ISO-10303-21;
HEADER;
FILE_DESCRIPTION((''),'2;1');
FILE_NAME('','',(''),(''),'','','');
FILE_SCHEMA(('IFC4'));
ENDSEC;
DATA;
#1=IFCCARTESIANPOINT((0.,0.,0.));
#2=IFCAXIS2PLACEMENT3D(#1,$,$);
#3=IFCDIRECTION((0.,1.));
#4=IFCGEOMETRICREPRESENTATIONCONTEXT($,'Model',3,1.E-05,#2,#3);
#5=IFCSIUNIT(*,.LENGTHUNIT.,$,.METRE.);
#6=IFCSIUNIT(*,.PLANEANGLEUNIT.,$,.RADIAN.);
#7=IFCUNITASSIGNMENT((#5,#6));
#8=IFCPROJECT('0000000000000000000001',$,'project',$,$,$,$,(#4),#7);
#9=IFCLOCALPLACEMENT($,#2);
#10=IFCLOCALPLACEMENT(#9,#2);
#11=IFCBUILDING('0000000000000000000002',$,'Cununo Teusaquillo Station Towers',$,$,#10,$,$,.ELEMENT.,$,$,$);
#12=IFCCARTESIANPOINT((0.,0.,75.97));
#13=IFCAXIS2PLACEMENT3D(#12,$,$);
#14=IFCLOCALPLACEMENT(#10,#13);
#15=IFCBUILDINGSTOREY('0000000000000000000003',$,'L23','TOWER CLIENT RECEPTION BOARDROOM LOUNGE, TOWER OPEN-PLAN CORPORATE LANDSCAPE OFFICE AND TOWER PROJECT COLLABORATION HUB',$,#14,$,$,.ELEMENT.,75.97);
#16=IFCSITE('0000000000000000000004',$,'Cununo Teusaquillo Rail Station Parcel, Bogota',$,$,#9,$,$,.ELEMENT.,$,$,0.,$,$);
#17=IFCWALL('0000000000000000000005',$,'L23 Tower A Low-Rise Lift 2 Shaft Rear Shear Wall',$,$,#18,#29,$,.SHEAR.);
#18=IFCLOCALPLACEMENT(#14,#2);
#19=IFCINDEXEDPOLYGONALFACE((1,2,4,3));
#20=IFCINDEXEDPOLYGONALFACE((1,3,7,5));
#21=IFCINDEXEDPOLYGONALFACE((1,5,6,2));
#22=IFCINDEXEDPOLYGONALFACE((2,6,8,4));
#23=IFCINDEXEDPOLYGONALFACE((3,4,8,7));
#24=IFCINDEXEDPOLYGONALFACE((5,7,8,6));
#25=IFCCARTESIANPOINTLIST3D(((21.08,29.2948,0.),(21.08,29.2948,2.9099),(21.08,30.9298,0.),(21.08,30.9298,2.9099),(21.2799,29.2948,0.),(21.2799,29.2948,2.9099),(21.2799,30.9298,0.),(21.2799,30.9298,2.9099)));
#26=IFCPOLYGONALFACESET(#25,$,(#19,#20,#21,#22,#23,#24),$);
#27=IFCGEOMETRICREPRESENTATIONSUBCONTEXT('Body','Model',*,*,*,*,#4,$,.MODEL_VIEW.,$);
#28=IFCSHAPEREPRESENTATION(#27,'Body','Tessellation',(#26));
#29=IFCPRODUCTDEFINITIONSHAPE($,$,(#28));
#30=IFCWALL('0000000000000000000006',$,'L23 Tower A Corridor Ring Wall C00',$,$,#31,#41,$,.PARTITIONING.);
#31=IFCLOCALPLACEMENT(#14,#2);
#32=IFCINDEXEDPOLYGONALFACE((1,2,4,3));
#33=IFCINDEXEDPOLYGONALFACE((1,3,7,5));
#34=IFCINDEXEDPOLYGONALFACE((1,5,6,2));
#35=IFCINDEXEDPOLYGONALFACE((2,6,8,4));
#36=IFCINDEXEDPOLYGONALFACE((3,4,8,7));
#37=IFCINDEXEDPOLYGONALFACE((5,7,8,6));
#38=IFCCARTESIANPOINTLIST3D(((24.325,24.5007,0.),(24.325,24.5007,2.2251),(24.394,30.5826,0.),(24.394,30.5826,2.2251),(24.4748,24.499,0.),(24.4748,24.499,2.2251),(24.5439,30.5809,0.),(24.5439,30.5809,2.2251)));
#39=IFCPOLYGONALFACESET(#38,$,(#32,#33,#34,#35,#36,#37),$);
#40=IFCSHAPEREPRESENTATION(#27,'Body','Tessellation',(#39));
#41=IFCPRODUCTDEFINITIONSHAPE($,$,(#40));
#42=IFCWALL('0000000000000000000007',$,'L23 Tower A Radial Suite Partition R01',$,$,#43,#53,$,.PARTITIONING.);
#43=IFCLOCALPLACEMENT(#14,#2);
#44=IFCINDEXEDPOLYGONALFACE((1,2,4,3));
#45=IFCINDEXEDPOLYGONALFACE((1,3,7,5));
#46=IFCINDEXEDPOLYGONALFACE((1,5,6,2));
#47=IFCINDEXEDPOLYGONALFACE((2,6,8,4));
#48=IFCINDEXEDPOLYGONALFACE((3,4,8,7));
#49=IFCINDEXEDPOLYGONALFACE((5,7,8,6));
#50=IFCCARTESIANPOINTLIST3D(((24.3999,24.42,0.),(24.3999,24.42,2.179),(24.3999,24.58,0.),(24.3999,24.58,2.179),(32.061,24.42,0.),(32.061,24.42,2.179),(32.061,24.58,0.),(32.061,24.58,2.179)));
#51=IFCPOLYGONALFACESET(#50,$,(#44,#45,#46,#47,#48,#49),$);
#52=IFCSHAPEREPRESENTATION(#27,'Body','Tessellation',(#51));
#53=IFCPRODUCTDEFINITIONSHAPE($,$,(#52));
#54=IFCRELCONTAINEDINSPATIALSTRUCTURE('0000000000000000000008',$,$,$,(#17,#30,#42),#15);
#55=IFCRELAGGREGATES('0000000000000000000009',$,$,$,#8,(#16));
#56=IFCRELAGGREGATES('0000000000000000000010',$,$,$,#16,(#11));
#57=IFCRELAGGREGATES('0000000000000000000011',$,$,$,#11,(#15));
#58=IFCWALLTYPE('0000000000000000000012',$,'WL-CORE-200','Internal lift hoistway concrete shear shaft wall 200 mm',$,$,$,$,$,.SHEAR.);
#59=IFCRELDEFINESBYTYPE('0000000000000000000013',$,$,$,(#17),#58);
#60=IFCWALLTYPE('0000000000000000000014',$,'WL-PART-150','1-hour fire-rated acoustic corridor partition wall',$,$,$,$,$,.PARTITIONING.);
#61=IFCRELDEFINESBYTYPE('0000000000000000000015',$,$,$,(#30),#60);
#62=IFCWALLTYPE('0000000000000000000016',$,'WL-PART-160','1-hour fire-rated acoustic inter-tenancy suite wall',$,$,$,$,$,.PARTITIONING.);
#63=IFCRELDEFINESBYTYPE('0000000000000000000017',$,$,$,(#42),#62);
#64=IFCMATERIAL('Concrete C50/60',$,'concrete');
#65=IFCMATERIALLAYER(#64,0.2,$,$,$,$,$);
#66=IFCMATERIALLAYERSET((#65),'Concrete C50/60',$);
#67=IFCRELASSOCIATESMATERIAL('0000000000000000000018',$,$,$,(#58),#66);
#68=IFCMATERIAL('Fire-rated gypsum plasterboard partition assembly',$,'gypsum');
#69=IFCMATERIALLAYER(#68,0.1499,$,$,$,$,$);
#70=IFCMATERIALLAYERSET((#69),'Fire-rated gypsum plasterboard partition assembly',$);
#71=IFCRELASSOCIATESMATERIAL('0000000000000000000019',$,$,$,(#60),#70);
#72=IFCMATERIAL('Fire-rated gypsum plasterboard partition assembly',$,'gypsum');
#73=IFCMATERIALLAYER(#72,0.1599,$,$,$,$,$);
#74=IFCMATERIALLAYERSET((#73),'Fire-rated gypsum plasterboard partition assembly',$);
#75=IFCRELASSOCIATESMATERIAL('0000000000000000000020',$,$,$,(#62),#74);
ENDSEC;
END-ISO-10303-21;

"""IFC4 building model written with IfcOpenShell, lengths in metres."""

from ifc_helpers import new_model, si_unit, direction, frame, frame_2d, origin, place, context, subcontext, project, spatial, rectangle, extrude, material, layer, layer_set, type_object, element, save


model = new_model("IFC4")

# Units and contexts
model_context = context("Model", 3, precision=1e-05, world=origin(), true_north=direction((0.0, 1.0)))
body_context = subcontext(model_context, "Body", "Model", "MODEL_VIEW")
ifc_project = project(units=[si_unit("LENGTHUNIT", "METRE"), si_unit("PLANEANGLEUNIT", "RADIAN")], contexts=[model_context])

# Site, building, storey
site_placement = place(None, origin())
site = spatial("IfcSite", under=ifc_project, at=site_placement, Name="Cununo Teusaquillo Rail Station Parcel, Bogota", CompositionType="ELEMENT", RefElevation=0.0)
building_placement = place(site_placement, origin())
building = spatial("IfcBuilding", under=site, at=building_placement, Name="Cununo Teusaquillo Station Towers", CompositionType="ELEMENT")
storey_placement = place(building_placement, frame((0.0, 0.0, 75.97)))
storey = spatial("IfcBuildingStorey", under=building, at=storey_placement, Name="L23", Description="TOWER CLIENT RECEPTION BOARDROOM LOUNGE, TOWER OPEN-PLAN CORPORATE LANDSCAPE OFFICE AND TOWER PROJECT COLLABORATION HUB", CompositionType="ELEMENT", Elevation=75.97)

# Walls
ifc_material_1 = material(Name="Concrete C50/60", Category="concrete")
ifc_layer_1 = layer(ifc_material_1, 0.2)
ifc_layer_set_1 = layer_set([ifc_layer_1], Name="Concrete C50/60")
wall_type_1 = type_object("IfcWallType", Name="WL-CORE-200", Description="Internal lift hoistway concrete shear shaft wall 200 mm", PredefinedType="SHEAR", material=ifc_layer_set_1)
wall_1_placement = place(storey_placement, frame((21.1799, 29.2949, 0.0), z_axis=(0.0, 0.0, 1.0), x_axis=(0.0, 1.0, 0.0)))
element("IfcWall", 1, at=wall_1_placement, inside=storey, type_object=wall_type_1, Name="L23 Tower A Low-Rise Lift 2 Shaft Rear Shear Wall", PredefinedType="SHEAR", context=body_context, shape_type="SweptSolid", body=[
    extrude(rectangle(XDim=1.635, YDim=0.2, at=frame_2d((0.8174, 0.0))), origin(), (0.0, 0.0, 1.0), 2.9099),
])
ifc_material_2 = material(Name="Fire-rated gypsum plasterboard partition assembly", Category="gypsum")
ifc_layer_2 = layer(ifc_material_2, 0.1499)
ifc_layer_set_2 = layer_set([ifc_layer_2], Name="Fire-rated gypsum plasterboard partition assembly")
wall_type_2 = type_object("IfcWallType", Name="WL-PART-150", Description="1-hour fire-rated acoustic corridor partition wall", PredefinedType="PARTITIONING", material=ifc_layer_set_2)
wall_2_placement = place(storey_placement, frame((24.3999, 24.5, 0.0), z_axis=(0.0, 0.0, 1.0), x_axis=(0.01136, 0.999935, 0.0)))
element("IfcWall", 2, at=wall_2_placement, inside=storey, type_object=wall_type_2, Name="L23 Tower A Corridor Ring Wall C00", PredefinedType="PARTITIONING", context=body_context, shape_type="SweptSolid", body=[
    extrude(rectangle(XDim=6.0823, YDim=0.1499, at=frame_2d((3.041, 0.0))), origin(), (0.0, 0.0, 1.0), 2.2251),
])
ifc_material_3 = material(Name="Fire-rated gypsum plasterboard partition assembly", Category="gypsum")
ifc_layer_3 = layer(ifc_material_3, 0.1599)
ifc_layer_set_3 = layer_set([ifc_layer_3], Name="Fire-rated gypsum plasterboard partition assembly")
wall_type_3 = type_object("IfcWallType", Name="WL-PART-160", Description="1-hour fire-rated acoustic inter-tenancy suite wall", PredefinedType="PARTITIONING", material=ifc_layer_set_3)
wall_3_placement = place(storey_placement, frame((24.3999, 24.5, 0.0), z_axis=(0.0, 0.0, 1.0), x_axis=(1.0, 0.0, 0.0)))
element("IfcWall", 3, at=wall_3_placement, inside=storey, type_object=wall_type_3, Name="L23 Tower A Radial Suite Partition R01", PredefinedType="PARTITIONING", context=body_context, shape_type="SweptSolid", body=[
    extrude(rectangle(XDim=7.6611, YDim=0.1599, at=frame_2d((3.8306, 0.0))), origin(), (0.0, 0.0, 1.0), 2.179),
])

save(model, "model.ifc")
